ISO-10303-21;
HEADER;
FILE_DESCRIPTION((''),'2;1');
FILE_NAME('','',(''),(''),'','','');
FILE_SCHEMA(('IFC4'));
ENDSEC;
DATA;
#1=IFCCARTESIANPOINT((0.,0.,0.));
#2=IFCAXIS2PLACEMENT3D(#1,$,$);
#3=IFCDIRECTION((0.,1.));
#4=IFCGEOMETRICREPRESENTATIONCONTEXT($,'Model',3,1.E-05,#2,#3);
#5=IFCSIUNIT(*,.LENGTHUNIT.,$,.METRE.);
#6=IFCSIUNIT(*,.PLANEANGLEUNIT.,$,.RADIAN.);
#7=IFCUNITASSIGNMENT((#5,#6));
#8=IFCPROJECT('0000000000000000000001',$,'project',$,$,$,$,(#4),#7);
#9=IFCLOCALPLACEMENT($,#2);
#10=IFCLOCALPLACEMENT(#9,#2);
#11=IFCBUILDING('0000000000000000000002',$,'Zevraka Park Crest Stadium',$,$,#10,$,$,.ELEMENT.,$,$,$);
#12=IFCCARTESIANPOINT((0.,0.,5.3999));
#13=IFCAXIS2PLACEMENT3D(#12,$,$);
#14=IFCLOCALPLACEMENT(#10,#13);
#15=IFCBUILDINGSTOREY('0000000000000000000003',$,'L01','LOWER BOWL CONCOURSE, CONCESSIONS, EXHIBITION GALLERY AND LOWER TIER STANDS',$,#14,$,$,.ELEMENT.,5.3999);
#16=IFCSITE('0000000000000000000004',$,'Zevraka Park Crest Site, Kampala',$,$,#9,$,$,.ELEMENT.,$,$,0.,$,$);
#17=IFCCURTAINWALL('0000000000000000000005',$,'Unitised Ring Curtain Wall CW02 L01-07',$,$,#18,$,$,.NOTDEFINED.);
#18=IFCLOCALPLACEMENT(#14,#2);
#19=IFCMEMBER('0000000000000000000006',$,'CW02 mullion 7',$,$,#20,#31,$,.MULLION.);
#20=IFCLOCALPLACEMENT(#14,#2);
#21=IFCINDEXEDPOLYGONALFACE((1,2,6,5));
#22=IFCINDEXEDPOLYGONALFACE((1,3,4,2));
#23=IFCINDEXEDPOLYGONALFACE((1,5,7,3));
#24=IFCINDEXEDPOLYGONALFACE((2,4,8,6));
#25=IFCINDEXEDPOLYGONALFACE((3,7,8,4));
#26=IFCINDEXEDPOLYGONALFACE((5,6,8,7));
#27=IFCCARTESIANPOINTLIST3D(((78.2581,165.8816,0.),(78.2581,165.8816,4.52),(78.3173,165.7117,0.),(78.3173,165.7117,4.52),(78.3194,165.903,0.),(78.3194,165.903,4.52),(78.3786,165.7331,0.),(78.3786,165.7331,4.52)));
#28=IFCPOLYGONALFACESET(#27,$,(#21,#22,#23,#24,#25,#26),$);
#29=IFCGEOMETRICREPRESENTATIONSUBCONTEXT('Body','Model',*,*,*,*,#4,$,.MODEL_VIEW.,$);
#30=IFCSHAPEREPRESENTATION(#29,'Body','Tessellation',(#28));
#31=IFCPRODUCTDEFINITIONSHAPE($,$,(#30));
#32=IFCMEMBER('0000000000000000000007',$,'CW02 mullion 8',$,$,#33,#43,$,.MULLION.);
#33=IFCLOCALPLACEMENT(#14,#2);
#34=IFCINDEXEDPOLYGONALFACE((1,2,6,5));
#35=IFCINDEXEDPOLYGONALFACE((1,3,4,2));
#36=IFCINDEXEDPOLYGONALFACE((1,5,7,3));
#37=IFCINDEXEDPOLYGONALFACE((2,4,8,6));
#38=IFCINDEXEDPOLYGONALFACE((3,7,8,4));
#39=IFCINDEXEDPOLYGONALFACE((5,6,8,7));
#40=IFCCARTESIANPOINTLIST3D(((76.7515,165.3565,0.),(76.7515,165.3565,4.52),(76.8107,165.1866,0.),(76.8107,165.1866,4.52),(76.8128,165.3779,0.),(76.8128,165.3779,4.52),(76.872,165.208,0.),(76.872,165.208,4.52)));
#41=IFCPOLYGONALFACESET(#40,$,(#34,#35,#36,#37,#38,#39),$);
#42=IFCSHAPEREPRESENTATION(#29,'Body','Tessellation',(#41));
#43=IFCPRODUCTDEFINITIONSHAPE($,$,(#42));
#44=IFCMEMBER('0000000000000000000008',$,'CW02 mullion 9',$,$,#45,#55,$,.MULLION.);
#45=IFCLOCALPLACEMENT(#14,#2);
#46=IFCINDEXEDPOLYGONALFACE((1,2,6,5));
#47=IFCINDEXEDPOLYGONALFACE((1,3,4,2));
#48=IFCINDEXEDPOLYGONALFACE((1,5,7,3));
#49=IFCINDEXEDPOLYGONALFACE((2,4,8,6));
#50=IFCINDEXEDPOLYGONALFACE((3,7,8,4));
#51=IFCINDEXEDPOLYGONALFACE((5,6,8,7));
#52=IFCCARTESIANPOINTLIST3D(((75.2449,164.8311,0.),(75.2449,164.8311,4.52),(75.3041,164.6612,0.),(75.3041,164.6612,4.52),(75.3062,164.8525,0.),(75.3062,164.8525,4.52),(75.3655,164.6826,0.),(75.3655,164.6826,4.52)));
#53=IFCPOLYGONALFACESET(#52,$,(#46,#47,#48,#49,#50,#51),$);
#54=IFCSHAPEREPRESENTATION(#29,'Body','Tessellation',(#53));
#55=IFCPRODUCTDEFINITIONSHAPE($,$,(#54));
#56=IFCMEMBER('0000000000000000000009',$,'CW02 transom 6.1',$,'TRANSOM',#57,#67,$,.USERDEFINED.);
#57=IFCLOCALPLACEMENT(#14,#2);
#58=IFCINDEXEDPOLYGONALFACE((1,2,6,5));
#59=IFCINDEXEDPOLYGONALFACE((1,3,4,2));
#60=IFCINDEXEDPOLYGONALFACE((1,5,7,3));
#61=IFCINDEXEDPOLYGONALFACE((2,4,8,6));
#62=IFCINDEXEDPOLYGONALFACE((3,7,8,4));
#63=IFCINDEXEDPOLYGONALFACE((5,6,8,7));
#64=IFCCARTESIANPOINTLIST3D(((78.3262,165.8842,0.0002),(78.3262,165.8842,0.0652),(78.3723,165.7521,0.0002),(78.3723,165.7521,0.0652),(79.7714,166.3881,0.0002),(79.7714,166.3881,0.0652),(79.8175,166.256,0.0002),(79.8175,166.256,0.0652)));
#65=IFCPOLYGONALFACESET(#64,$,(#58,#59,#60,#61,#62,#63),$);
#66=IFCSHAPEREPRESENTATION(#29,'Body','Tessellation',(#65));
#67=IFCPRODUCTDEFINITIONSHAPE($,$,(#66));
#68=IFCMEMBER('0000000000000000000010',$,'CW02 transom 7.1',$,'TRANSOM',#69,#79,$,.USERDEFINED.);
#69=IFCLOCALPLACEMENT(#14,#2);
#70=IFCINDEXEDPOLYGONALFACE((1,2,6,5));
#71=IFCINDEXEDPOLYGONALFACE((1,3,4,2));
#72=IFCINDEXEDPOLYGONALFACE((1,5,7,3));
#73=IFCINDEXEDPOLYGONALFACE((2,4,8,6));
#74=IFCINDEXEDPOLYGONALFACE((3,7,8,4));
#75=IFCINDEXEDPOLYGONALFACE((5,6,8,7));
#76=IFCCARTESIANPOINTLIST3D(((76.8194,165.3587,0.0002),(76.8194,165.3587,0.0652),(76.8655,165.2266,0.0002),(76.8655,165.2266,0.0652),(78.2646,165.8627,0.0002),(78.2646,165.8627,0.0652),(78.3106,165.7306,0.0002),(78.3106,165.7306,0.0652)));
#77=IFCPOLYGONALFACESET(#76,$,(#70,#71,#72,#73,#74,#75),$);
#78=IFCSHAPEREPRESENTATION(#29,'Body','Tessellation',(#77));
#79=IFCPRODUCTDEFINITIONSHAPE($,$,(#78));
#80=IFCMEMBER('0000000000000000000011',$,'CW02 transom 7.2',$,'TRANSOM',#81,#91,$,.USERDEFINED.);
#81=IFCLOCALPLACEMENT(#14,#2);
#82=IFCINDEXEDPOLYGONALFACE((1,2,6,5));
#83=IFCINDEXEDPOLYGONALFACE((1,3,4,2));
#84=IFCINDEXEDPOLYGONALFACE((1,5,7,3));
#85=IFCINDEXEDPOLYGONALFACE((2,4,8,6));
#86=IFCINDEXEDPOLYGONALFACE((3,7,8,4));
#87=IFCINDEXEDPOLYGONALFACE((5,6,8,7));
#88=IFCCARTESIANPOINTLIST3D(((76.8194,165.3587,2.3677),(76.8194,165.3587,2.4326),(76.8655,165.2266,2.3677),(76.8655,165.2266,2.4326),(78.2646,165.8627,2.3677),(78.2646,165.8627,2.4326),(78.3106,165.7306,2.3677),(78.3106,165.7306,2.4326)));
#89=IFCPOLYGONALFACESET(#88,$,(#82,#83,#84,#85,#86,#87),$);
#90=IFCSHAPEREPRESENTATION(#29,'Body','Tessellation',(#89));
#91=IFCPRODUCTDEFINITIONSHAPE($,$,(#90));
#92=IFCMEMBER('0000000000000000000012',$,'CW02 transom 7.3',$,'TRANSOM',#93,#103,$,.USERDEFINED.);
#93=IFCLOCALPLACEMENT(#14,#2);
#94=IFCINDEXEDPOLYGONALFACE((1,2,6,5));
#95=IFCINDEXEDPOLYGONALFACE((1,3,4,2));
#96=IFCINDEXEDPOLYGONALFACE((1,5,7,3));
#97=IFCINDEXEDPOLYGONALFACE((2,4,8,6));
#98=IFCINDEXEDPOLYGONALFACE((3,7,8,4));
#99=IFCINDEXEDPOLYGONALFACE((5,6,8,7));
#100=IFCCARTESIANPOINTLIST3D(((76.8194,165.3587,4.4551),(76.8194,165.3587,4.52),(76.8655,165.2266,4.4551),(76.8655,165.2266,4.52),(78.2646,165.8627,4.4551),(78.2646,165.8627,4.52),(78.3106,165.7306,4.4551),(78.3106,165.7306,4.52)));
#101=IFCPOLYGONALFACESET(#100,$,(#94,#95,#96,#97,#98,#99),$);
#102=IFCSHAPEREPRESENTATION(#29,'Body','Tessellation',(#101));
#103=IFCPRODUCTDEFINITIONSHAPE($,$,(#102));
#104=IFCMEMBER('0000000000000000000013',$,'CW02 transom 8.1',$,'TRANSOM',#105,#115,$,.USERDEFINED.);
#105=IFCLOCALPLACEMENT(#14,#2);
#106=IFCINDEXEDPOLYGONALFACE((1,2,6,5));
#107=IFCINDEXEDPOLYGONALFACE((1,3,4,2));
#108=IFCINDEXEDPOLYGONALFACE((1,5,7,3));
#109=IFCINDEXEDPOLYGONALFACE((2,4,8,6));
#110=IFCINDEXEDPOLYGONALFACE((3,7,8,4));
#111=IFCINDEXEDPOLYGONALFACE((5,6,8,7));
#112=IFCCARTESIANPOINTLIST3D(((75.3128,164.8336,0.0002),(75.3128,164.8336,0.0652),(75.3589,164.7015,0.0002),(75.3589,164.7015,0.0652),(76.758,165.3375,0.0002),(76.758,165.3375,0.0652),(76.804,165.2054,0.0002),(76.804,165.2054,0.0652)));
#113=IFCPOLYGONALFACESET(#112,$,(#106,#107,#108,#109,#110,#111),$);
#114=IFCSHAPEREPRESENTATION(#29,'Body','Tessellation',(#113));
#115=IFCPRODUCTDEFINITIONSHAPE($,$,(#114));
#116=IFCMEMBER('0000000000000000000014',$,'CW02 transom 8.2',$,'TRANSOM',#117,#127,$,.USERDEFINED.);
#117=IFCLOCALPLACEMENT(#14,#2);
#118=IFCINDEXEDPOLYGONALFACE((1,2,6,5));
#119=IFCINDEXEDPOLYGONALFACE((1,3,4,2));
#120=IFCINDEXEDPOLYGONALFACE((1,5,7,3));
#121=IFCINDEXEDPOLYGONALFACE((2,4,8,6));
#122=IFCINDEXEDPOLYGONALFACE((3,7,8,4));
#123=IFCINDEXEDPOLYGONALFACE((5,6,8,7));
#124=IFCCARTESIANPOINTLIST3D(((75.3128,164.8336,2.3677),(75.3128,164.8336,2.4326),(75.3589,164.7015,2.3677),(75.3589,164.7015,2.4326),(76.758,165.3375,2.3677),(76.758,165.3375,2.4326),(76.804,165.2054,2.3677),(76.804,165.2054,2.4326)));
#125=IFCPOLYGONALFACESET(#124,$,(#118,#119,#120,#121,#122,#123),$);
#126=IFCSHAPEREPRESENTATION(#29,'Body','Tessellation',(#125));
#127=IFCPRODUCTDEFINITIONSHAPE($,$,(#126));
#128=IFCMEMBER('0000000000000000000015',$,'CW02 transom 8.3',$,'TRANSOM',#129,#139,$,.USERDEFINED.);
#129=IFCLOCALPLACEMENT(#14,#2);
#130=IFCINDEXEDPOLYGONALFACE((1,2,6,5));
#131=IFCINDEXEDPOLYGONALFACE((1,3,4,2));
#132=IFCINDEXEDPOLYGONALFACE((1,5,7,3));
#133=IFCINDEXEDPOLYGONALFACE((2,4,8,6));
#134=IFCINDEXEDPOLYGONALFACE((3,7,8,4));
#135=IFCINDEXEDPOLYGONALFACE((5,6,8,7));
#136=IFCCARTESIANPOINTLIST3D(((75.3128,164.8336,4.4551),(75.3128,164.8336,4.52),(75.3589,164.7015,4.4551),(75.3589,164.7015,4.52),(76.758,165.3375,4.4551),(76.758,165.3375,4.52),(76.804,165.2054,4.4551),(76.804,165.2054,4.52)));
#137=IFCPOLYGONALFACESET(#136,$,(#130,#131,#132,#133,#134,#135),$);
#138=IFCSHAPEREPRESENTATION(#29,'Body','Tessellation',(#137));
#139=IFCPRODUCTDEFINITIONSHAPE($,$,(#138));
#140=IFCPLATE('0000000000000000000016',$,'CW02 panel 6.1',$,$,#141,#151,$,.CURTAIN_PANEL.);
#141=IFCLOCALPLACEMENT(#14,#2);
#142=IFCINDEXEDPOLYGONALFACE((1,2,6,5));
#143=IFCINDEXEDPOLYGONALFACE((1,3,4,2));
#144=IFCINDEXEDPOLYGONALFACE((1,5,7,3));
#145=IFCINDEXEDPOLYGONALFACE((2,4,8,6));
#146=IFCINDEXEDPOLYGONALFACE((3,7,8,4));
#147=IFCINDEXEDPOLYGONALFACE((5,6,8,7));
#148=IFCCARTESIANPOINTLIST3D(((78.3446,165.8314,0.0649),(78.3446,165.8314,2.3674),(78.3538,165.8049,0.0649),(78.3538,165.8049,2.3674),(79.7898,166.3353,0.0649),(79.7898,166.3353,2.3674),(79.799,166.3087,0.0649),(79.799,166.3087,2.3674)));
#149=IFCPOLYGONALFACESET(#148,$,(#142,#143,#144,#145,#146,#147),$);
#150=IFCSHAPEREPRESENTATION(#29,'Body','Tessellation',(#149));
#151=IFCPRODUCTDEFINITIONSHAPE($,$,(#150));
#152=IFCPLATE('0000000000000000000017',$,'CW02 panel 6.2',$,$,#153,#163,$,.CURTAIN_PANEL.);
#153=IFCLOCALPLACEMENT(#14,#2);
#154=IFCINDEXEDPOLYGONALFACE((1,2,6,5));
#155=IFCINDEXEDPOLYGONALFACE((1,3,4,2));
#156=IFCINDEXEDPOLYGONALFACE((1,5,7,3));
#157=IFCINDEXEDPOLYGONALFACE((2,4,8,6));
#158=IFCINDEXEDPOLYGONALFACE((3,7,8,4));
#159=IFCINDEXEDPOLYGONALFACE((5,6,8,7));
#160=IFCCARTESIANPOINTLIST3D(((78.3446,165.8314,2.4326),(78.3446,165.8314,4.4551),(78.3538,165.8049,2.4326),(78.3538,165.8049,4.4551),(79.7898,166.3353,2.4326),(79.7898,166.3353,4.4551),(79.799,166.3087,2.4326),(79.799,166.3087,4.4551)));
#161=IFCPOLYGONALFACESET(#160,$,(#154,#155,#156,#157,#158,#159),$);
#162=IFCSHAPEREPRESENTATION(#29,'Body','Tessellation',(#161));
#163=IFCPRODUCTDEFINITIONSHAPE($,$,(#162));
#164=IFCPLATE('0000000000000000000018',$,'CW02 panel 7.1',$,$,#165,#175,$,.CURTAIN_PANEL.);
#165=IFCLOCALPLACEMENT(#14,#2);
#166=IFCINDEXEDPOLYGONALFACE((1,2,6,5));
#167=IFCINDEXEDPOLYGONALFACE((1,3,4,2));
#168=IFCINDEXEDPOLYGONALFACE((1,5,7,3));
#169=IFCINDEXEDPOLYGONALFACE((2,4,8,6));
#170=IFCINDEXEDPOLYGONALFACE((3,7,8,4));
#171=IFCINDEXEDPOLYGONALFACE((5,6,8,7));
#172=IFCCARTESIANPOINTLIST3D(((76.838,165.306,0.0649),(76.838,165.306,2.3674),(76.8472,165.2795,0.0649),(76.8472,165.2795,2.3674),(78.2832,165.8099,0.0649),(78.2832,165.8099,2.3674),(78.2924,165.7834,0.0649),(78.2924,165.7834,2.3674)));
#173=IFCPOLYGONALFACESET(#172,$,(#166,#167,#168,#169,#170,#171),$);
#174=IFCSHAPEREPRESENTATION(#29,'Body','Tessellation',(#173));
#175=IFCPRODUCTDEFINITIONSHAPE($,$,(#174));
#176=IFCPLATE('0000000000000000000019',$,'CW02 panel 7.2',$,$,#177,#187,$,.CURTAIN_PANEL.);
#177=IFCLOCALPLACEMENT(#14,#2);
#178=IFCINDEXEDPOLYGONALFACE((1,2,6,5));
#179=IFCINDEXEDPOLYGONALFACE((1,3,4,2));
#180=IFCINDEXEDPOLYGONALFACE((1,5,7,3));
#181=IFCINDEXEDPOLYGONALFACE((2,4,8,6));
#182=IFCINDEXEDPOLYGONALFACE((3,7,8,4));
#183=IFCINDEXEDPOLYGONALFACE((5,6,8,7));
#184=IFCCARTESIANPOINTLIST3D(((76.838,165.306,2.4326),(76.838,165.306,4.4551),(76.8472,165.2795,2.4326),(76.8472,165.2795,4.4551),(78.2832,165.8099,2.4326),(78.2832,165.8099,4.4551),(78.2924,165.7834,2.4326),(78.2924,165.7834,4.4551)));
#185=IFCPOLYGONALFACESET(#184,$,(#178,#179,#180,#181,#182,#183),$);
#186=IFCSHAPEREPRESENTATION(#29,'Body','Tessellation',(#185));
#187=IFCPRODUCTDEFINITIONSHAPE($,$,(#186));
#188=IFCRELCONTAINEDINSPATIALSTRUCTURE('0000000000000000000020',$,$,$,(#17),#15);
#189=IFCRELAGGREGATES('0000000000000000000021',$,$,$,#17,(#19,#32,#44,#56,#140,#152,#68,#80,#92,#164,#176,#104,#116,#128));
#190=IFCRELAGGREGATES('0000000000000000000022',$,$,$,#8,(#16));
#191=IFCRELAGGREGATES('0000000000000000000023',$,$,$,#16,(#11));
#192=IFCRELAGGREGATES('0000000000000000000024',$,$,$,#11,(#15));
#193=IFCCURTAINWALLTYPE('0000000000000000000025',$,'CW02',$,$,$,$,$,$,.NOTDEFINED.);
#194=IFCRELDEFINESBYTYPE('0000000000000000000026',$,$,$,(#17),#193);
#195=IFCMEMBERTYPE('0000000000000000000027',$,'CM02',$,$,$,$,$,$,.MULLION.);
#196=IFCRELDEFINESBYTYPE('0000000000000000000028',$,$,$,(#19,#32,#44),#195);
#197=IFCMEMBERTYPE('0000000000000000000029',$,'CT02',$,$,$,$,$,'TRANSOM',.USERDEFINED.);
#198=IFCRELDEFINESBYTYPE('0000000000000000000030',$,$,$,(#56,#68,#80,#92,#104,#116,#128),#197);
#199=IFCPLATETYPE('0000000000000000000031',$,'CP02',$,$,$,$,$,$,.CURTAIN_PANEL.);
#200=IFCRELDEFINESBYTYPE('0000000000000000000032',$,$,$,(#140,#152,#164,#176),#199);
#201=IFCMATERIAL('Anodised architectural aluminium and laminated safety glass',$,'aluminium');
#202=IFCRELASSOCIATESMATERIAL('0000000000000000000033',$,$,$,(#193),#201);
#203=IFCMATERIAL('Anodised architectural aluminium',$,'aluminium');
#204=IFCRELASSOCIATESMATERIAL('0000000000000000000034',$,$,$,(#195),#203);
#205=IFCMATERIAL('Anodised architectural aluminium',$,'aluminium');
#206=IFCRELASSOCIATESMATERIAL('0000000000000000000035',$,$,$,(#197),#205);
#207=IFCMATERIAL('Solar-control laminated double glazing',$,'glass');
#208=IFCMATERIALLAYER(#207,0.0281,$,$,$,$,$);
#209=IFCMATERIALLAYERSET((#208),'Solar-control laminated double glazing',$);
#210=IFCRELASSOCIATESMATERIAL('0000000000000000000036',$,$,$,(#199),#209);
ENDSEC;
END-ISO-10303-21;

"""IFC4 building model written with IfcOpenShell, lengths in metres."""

from ifc_helpers import new_model, si_unit, direction, frame, origin, origin_2d, place, context, subcontext, project, spatial, rectangle, extrude, material, layer, layer_set, material_profile, profile_set, type_object, element, aggregate, save


model = new_model("IFC4")

# Units and contexts
model_context = context("Model", 3, precision=1e-05, world=origin(), true_north=direction((0.0, 1.0)))
body_context = subcontext(model_context, "Body", "Model", "MODEL_VIEW")
ifc_project = project(units=[si_unit("LENGTHUNIT", "METRE"), si_unit("PLANEANGLEUNIT", "RADIAN")], contexts=[model_context])

# Site, building, storey
site_placement = place(None, origin())
site = spatial("IfcSite", under=ifc_project, at=site_placement, Name="Zevraka Park Crest Site, Kampala", CompositionType="ELEMENT", RefElevation=0.0)
building_placement = place(site_placement, origin())
building = spatial("IfcBuilding", under=site, at=building_placement, Name="Zevraka Park Crest Stadium", CompositionType="ELEMENT")
storey_placement = place(building_placement, frame((0.0, 0.0, 5.3999)))
storey = spatial("IfcBuildingStorey", under=building, at=storey_placement, Name="L01", Description="LOWER BOWL CONCOURSE, CONCESSIONS, EXHIBITION GALLERY AND LOWER TIER STANDS", CompositionType="ELEMENT", Elevation=5.3999)

# Curtain wall, members, plates
ifc_material_1 = material(Name="Anodised architectural aluminium and laminated safety glass", Category="aluminium")
curtain_wall_type = type_object("IfcCurtainWallType", Name="CW02", PredefinedType="NOTDEFINED", material=ifc_material_1)
curtain_wall_placement = place(storey_placement, origin())
curtain_wall = element("IfcCurtainWall", 1, at=curtain_wall_placement, inside=storey, type_object=curtain_wall_type, Name="Unitised Ring Curtain Wall CW02 L01-07", PredefinedType="NOTDEFINED")
ifc_material_2 = material(Name="Anodised architectural aluminium", Category="aluminium")
ifc_material_profile_1 = material_profile(ifc_material_2, rectangle(XDim=0.1799, YDim=0.0649, at=origin_2d()), Name="ALU MULLION 180x65")
ifc_profile_set_1 = profile_set([ifc_material_profile_1], Name="Anodised architectural aluminium")
member_type_1 = type_object("IfcMemberType", Name="CM02", PredefinedType="MULLION", material=ifc_profile_set_1)
member_1_placement = place(storey_placement, frame((78.3184, 165.8074, 0.0), z_axis=(0.0, 0.0, 1.0), x_axis=(0.329209, -0.944257, 0.0)))
member_1 = element("IfcMember", 2, at=member_1_placement, type_object=member_type_1, Name="CW02 mullion 7", PredefinedType="MULLION", context=body_context, shape_type="SweptSolid", body=[
    extrude(rectangle(XDim=0.1799, YDim=0.0649, at=origin_2d()), origin(), (0.0, 0.0, 1.0), 4.52),
])
member_2_placement = place(storey_placement, frame((76.8118, 165.2822, 0.0), z_axis=(0.0, 0.0, 1.0), x_axis=(0.329209, -0.944257, 0.0)))
member_2 = element("IfcMember", 3, at=member_2_placement, type_object=member_type_1, Name="CW02 mullion 8", PredefinedType="MULLION", context=body_context, shape_type="SweptSolid", body=[
    extrude(rectangle(XDim=0.1799, YDim=0.0649, at=origin_2d()), origin(), (0.0, 0.0, 1.0), 4.52),
])
member_3_placement = place(storey_placement, frame((75.3052, 164.7568, 0.0), z_axis=(0.0, 0.0, 1.0), x_axis=(0.329209, -0.944257, 0.0)))
member_3 = element("IfcMember", 4, at=member_3_placement, type_object=member_type_1, Name="CW02 mullion 9", PredefinedType="MULLION", context=body_context, shape_type="SweptSolid", body=[
    extrude(rectangle(XDim=0.1799, YDim=0.0649, at=origin_2d()), origin(), (0.0, 0.0, 1.0), 4.52),
])
ifc_material_3 = material(Name="Anodised architectural aluminium", Category="aluminium")
ifc_material_profile_2 = material_profile(ifc_material_3, rectangle(XDim=0.1399, YDim=0.0649, at=origin_2d()), Name="ALU TRANSOM 140x65")
ifc_profile_set_2 = profile_set([ifc_material_profile_2], Name="Anodised architectural aluminium")
member_type_2 = type_object("IfcMemberType", Name="CT02", ElementType="TRANSOM", PredefinedType="USERDEFINED", material=ifc_profile_set_2)
member_4_placement = place(storey_placement, frame((79.7944, 166.322, 0.0327), z_axis=(-0.944256, -0.329213, 0.0), x_axis=(0.329213, -0.944256, 0.0)))
member_4 = element("IfcMember", 5, at=member_4_placement, type_object=member_type_2, Name="CW02 transom 6.1", ObjectType="TRANSOM", PredefinedType="USERDEFINED", context=body_context, shape_type="SweptSolid", body=[
    extrude(rectangle(XDim=0.1399, YDim=0.0649, at=origin_2d()), origin(), (0.0, 0.0, 1.0), 1.5305),
])
member_5_placement = place(storey_placement, frame((78.2876, 165.7966, 0.0327), z_axis=(-0.944238, -0.329263, 0.0), x_axis=(0.329263, -0.944238, 0.0)))
member_5 = element("IfcMember", 6, at=member_5_placement, type_object=member_type_2, Name="CW02 transom 7.1", ObjectType="TRANSOM", PredefinedType="USERDEFINED", context=body_context, shape_type="SweptSolid", body=[
    extrude(rectangle(XDim=0.1399, YDim=0.0649, at=origin_2d()), origin(), (0.0, 0.0, 1.0), 1.5305),
])
member_6_placement = place(storey_placement, frame((78.2876, 165.7966, 2.4001), z_axis=(-0.944238, -0.329263, 0.0), x_axis=(0.329263, -0.944238, 0.0)))
member_6 = element("IfcMember", 7, at=member_6_placement, type_object=member_type_2, Name="CW02 transom 7.2", ObjectType="TRANSOM", PredefinedType="USERDEFINED", context=body_context, shape_type="SweptSolid", body=[
    extrude(rectangle(XDim=0.1399, YDim=0.0649, at=origin_2d()), origin(), (0.0, 0.0, 1.0), 1.5305),
])
member_7_placement = place(storey_placement, frame((78.2876, 165.7966, 4.4875), z_axis=(-0.944238, -0.329263, 0.0), x_axis=(0.329263, -0.944238, 0.0)))
member_7 = element("IfcMember", 8, at=member_7_placement, type_object=member_type_2, Name="CW02 transom 7.3", ObjectType="TRANSOM", PredefinedType="USERDEFINED", context=body_context, shape_type="SweptSolid", body=[
    extrude(rectangle(XDim=0.1399, YDim=0.0649, at=origin_2d()), origin(), (0.0, 0.0, 1.0), 1.5305),
])
member_8_placement = place(storey_placement, frame((76.781, 165.2715, 0.0327), z_axis=(-0.944238, -0.329263, 0.0), x_axis=(0.329263, -0.944238, 0.0)))
member_8 = element("IfcMember", 9, at=member_8_placement, type_object=member_type_2, Name="CW02 transom 8.1", ObjectType="TRANSOM", PredefinedType="USERDEFINED", context=body_context, shape_type="SweptSolid", body=[
    extrude(rectangle(XDim=0.1399, YDim=0.0649, at=origin_2d()), origin(), (0.0, 0.0, 1.0), 1.5305),
])
member_9_placement = place(storey_placement, frame((76.781, 165.2715, 2.4001), z_axis=(-0.944238, -0.329263, 0.0), x_axis=(0.329263, -0.944238, 0.0)))
member_9 = element("IfcMember", 10, at=member_9_placement, type_object=member_type_2, Name="CW02 transom 8.2", ObjectType="TRANSOM", PredefinedType="USERDEFINED", context=body_context, shape_type="SweptSolid", body=[
    extrude(rectangle(XDim=0.1399, YDim=0.0649, at=origin_2d()), origin(), (0.0, 0.0, 1.0), 1.5305),
])
member_10_placement = place(storey_placement, frame((76.781, 165.2715, 4.4875), z_axis=(-0.944238, -0.329263, 0.0), x_axis=(0.329263, -0.944238, 0.0)))
member_10 = element("IfcMember", 11, at=member_10_placement, type_object=member_type_2, Name="CW02 transom 8.3", ObjectType="TRANSOM", PredefinedType="USERDEFINED", context=body_context, shape_type="SweptSolid", body=[
    extrude(rectangle(XDim=0.1399, YDim=0.0649, at=origin_2d()), origin(), (0.0, 0.0, 1.0), 1.5305),
])
ifc_material_4 = material(Name="Solar-control laminated double glazing", Category="glass")
ifc_layer_1 = layer(ifc_material_4, 0.0281)
ifc_layer_set_1 = layer_set([ifc_layer_1], Name="Solar-control laminated double glazing")
plate_type = type_object("IfcPlateType", Name="CP02", PredefinedType="CURTAIN_PANEL", material=ifc_layer_set_1)
plate_1_placement = place(storey_placement, frame((79.0718, 166.0701, 0.0649), z_axis=(0.0, 0.0, 1.0), x_axis=(-0.944257, -0.329209, 0.0)))
plate_1 = element("IfcPlate", 12, at=plate_1_placement, type_object=plate_type, Name="CW02 panel 6.1", PredefinedType="CURTAIN_PANEL", context=body_context, shape_type="SweptSolid", body=[
    extrude(rectangle(XDim=1.5305, YDim=0.0281, at=origin_2d()), origin(), (0.0, 0.0, 1.0), 2.3025),
])
plate_2_placement = place(storey_placement, frame((79.0718, 166.0701, 2.4326), z_axis=(0.0, 0.0, 1.0), x_axis=(-0.944257, -0.329209, 0.0)))
plate_2 = element("IfcPlate", 13, at=plate_2_placement, type_object=plate_type, Name="CW02 panel 6.2", PredefinedType="CURTAIN_PANEL", context=body_context, shape_type="SweptSolid", body=[
    extrude(rectangle(XDim=1.5305, YDim=0.0281, at=origin_2d()), origin(), (0.0, 0.0, 1.0), 2.0225),
])
plate_3_placement = place(storey_placement, frame((77.5652, 165.5447, 0.0649), z_axis=(0.0, 0.0, 1.0), x_axis=(-0.944257, -0.329209, 0.0)))
plate_3 = element("IfcPlate", 14, at=plate_3_placement, type_object=plate_type, Name="CW02 panel 7.1", PredefinedType="CURTAIN_PANEL", context=body_context, shape_type="SweptSolid", body=[
    extrude(rectangle(XDim=1.5305, YDim=0.0281, at=origin_2d()), origin(), (0.0, 0.0, 1.0), 2.3025),
])
plate_4_placement = place(storey_placement, frame((77.5652, 165.5447, 2.4326), z_axis=(0.0, 0.0, 1.0), x_axis=(-0.944257, -0.329209, 0.0)))
plate_4 = element("IfcPlate", 15, at=plate_4_placement, type_object=plate_type, Name="CW02 panel 7.2", PredefinedType="CURTAIN_PANEL", context=body_context, shape_type="SweptSolid", body=[
    extrude(rectangle(XDim=1.5305, YDim=0.0281, at=origin_2d()), origin(), (0.0, 0.0, 1.0), 2.0225),
])
aggregate(curtain_wall, [member_1, member_2, member_3, member_4, plate_1, plate_2, member_5, member_6, member_7, plate_3, plate_4, member_8, member_9, member_10])

save(model, "model.ifc")
